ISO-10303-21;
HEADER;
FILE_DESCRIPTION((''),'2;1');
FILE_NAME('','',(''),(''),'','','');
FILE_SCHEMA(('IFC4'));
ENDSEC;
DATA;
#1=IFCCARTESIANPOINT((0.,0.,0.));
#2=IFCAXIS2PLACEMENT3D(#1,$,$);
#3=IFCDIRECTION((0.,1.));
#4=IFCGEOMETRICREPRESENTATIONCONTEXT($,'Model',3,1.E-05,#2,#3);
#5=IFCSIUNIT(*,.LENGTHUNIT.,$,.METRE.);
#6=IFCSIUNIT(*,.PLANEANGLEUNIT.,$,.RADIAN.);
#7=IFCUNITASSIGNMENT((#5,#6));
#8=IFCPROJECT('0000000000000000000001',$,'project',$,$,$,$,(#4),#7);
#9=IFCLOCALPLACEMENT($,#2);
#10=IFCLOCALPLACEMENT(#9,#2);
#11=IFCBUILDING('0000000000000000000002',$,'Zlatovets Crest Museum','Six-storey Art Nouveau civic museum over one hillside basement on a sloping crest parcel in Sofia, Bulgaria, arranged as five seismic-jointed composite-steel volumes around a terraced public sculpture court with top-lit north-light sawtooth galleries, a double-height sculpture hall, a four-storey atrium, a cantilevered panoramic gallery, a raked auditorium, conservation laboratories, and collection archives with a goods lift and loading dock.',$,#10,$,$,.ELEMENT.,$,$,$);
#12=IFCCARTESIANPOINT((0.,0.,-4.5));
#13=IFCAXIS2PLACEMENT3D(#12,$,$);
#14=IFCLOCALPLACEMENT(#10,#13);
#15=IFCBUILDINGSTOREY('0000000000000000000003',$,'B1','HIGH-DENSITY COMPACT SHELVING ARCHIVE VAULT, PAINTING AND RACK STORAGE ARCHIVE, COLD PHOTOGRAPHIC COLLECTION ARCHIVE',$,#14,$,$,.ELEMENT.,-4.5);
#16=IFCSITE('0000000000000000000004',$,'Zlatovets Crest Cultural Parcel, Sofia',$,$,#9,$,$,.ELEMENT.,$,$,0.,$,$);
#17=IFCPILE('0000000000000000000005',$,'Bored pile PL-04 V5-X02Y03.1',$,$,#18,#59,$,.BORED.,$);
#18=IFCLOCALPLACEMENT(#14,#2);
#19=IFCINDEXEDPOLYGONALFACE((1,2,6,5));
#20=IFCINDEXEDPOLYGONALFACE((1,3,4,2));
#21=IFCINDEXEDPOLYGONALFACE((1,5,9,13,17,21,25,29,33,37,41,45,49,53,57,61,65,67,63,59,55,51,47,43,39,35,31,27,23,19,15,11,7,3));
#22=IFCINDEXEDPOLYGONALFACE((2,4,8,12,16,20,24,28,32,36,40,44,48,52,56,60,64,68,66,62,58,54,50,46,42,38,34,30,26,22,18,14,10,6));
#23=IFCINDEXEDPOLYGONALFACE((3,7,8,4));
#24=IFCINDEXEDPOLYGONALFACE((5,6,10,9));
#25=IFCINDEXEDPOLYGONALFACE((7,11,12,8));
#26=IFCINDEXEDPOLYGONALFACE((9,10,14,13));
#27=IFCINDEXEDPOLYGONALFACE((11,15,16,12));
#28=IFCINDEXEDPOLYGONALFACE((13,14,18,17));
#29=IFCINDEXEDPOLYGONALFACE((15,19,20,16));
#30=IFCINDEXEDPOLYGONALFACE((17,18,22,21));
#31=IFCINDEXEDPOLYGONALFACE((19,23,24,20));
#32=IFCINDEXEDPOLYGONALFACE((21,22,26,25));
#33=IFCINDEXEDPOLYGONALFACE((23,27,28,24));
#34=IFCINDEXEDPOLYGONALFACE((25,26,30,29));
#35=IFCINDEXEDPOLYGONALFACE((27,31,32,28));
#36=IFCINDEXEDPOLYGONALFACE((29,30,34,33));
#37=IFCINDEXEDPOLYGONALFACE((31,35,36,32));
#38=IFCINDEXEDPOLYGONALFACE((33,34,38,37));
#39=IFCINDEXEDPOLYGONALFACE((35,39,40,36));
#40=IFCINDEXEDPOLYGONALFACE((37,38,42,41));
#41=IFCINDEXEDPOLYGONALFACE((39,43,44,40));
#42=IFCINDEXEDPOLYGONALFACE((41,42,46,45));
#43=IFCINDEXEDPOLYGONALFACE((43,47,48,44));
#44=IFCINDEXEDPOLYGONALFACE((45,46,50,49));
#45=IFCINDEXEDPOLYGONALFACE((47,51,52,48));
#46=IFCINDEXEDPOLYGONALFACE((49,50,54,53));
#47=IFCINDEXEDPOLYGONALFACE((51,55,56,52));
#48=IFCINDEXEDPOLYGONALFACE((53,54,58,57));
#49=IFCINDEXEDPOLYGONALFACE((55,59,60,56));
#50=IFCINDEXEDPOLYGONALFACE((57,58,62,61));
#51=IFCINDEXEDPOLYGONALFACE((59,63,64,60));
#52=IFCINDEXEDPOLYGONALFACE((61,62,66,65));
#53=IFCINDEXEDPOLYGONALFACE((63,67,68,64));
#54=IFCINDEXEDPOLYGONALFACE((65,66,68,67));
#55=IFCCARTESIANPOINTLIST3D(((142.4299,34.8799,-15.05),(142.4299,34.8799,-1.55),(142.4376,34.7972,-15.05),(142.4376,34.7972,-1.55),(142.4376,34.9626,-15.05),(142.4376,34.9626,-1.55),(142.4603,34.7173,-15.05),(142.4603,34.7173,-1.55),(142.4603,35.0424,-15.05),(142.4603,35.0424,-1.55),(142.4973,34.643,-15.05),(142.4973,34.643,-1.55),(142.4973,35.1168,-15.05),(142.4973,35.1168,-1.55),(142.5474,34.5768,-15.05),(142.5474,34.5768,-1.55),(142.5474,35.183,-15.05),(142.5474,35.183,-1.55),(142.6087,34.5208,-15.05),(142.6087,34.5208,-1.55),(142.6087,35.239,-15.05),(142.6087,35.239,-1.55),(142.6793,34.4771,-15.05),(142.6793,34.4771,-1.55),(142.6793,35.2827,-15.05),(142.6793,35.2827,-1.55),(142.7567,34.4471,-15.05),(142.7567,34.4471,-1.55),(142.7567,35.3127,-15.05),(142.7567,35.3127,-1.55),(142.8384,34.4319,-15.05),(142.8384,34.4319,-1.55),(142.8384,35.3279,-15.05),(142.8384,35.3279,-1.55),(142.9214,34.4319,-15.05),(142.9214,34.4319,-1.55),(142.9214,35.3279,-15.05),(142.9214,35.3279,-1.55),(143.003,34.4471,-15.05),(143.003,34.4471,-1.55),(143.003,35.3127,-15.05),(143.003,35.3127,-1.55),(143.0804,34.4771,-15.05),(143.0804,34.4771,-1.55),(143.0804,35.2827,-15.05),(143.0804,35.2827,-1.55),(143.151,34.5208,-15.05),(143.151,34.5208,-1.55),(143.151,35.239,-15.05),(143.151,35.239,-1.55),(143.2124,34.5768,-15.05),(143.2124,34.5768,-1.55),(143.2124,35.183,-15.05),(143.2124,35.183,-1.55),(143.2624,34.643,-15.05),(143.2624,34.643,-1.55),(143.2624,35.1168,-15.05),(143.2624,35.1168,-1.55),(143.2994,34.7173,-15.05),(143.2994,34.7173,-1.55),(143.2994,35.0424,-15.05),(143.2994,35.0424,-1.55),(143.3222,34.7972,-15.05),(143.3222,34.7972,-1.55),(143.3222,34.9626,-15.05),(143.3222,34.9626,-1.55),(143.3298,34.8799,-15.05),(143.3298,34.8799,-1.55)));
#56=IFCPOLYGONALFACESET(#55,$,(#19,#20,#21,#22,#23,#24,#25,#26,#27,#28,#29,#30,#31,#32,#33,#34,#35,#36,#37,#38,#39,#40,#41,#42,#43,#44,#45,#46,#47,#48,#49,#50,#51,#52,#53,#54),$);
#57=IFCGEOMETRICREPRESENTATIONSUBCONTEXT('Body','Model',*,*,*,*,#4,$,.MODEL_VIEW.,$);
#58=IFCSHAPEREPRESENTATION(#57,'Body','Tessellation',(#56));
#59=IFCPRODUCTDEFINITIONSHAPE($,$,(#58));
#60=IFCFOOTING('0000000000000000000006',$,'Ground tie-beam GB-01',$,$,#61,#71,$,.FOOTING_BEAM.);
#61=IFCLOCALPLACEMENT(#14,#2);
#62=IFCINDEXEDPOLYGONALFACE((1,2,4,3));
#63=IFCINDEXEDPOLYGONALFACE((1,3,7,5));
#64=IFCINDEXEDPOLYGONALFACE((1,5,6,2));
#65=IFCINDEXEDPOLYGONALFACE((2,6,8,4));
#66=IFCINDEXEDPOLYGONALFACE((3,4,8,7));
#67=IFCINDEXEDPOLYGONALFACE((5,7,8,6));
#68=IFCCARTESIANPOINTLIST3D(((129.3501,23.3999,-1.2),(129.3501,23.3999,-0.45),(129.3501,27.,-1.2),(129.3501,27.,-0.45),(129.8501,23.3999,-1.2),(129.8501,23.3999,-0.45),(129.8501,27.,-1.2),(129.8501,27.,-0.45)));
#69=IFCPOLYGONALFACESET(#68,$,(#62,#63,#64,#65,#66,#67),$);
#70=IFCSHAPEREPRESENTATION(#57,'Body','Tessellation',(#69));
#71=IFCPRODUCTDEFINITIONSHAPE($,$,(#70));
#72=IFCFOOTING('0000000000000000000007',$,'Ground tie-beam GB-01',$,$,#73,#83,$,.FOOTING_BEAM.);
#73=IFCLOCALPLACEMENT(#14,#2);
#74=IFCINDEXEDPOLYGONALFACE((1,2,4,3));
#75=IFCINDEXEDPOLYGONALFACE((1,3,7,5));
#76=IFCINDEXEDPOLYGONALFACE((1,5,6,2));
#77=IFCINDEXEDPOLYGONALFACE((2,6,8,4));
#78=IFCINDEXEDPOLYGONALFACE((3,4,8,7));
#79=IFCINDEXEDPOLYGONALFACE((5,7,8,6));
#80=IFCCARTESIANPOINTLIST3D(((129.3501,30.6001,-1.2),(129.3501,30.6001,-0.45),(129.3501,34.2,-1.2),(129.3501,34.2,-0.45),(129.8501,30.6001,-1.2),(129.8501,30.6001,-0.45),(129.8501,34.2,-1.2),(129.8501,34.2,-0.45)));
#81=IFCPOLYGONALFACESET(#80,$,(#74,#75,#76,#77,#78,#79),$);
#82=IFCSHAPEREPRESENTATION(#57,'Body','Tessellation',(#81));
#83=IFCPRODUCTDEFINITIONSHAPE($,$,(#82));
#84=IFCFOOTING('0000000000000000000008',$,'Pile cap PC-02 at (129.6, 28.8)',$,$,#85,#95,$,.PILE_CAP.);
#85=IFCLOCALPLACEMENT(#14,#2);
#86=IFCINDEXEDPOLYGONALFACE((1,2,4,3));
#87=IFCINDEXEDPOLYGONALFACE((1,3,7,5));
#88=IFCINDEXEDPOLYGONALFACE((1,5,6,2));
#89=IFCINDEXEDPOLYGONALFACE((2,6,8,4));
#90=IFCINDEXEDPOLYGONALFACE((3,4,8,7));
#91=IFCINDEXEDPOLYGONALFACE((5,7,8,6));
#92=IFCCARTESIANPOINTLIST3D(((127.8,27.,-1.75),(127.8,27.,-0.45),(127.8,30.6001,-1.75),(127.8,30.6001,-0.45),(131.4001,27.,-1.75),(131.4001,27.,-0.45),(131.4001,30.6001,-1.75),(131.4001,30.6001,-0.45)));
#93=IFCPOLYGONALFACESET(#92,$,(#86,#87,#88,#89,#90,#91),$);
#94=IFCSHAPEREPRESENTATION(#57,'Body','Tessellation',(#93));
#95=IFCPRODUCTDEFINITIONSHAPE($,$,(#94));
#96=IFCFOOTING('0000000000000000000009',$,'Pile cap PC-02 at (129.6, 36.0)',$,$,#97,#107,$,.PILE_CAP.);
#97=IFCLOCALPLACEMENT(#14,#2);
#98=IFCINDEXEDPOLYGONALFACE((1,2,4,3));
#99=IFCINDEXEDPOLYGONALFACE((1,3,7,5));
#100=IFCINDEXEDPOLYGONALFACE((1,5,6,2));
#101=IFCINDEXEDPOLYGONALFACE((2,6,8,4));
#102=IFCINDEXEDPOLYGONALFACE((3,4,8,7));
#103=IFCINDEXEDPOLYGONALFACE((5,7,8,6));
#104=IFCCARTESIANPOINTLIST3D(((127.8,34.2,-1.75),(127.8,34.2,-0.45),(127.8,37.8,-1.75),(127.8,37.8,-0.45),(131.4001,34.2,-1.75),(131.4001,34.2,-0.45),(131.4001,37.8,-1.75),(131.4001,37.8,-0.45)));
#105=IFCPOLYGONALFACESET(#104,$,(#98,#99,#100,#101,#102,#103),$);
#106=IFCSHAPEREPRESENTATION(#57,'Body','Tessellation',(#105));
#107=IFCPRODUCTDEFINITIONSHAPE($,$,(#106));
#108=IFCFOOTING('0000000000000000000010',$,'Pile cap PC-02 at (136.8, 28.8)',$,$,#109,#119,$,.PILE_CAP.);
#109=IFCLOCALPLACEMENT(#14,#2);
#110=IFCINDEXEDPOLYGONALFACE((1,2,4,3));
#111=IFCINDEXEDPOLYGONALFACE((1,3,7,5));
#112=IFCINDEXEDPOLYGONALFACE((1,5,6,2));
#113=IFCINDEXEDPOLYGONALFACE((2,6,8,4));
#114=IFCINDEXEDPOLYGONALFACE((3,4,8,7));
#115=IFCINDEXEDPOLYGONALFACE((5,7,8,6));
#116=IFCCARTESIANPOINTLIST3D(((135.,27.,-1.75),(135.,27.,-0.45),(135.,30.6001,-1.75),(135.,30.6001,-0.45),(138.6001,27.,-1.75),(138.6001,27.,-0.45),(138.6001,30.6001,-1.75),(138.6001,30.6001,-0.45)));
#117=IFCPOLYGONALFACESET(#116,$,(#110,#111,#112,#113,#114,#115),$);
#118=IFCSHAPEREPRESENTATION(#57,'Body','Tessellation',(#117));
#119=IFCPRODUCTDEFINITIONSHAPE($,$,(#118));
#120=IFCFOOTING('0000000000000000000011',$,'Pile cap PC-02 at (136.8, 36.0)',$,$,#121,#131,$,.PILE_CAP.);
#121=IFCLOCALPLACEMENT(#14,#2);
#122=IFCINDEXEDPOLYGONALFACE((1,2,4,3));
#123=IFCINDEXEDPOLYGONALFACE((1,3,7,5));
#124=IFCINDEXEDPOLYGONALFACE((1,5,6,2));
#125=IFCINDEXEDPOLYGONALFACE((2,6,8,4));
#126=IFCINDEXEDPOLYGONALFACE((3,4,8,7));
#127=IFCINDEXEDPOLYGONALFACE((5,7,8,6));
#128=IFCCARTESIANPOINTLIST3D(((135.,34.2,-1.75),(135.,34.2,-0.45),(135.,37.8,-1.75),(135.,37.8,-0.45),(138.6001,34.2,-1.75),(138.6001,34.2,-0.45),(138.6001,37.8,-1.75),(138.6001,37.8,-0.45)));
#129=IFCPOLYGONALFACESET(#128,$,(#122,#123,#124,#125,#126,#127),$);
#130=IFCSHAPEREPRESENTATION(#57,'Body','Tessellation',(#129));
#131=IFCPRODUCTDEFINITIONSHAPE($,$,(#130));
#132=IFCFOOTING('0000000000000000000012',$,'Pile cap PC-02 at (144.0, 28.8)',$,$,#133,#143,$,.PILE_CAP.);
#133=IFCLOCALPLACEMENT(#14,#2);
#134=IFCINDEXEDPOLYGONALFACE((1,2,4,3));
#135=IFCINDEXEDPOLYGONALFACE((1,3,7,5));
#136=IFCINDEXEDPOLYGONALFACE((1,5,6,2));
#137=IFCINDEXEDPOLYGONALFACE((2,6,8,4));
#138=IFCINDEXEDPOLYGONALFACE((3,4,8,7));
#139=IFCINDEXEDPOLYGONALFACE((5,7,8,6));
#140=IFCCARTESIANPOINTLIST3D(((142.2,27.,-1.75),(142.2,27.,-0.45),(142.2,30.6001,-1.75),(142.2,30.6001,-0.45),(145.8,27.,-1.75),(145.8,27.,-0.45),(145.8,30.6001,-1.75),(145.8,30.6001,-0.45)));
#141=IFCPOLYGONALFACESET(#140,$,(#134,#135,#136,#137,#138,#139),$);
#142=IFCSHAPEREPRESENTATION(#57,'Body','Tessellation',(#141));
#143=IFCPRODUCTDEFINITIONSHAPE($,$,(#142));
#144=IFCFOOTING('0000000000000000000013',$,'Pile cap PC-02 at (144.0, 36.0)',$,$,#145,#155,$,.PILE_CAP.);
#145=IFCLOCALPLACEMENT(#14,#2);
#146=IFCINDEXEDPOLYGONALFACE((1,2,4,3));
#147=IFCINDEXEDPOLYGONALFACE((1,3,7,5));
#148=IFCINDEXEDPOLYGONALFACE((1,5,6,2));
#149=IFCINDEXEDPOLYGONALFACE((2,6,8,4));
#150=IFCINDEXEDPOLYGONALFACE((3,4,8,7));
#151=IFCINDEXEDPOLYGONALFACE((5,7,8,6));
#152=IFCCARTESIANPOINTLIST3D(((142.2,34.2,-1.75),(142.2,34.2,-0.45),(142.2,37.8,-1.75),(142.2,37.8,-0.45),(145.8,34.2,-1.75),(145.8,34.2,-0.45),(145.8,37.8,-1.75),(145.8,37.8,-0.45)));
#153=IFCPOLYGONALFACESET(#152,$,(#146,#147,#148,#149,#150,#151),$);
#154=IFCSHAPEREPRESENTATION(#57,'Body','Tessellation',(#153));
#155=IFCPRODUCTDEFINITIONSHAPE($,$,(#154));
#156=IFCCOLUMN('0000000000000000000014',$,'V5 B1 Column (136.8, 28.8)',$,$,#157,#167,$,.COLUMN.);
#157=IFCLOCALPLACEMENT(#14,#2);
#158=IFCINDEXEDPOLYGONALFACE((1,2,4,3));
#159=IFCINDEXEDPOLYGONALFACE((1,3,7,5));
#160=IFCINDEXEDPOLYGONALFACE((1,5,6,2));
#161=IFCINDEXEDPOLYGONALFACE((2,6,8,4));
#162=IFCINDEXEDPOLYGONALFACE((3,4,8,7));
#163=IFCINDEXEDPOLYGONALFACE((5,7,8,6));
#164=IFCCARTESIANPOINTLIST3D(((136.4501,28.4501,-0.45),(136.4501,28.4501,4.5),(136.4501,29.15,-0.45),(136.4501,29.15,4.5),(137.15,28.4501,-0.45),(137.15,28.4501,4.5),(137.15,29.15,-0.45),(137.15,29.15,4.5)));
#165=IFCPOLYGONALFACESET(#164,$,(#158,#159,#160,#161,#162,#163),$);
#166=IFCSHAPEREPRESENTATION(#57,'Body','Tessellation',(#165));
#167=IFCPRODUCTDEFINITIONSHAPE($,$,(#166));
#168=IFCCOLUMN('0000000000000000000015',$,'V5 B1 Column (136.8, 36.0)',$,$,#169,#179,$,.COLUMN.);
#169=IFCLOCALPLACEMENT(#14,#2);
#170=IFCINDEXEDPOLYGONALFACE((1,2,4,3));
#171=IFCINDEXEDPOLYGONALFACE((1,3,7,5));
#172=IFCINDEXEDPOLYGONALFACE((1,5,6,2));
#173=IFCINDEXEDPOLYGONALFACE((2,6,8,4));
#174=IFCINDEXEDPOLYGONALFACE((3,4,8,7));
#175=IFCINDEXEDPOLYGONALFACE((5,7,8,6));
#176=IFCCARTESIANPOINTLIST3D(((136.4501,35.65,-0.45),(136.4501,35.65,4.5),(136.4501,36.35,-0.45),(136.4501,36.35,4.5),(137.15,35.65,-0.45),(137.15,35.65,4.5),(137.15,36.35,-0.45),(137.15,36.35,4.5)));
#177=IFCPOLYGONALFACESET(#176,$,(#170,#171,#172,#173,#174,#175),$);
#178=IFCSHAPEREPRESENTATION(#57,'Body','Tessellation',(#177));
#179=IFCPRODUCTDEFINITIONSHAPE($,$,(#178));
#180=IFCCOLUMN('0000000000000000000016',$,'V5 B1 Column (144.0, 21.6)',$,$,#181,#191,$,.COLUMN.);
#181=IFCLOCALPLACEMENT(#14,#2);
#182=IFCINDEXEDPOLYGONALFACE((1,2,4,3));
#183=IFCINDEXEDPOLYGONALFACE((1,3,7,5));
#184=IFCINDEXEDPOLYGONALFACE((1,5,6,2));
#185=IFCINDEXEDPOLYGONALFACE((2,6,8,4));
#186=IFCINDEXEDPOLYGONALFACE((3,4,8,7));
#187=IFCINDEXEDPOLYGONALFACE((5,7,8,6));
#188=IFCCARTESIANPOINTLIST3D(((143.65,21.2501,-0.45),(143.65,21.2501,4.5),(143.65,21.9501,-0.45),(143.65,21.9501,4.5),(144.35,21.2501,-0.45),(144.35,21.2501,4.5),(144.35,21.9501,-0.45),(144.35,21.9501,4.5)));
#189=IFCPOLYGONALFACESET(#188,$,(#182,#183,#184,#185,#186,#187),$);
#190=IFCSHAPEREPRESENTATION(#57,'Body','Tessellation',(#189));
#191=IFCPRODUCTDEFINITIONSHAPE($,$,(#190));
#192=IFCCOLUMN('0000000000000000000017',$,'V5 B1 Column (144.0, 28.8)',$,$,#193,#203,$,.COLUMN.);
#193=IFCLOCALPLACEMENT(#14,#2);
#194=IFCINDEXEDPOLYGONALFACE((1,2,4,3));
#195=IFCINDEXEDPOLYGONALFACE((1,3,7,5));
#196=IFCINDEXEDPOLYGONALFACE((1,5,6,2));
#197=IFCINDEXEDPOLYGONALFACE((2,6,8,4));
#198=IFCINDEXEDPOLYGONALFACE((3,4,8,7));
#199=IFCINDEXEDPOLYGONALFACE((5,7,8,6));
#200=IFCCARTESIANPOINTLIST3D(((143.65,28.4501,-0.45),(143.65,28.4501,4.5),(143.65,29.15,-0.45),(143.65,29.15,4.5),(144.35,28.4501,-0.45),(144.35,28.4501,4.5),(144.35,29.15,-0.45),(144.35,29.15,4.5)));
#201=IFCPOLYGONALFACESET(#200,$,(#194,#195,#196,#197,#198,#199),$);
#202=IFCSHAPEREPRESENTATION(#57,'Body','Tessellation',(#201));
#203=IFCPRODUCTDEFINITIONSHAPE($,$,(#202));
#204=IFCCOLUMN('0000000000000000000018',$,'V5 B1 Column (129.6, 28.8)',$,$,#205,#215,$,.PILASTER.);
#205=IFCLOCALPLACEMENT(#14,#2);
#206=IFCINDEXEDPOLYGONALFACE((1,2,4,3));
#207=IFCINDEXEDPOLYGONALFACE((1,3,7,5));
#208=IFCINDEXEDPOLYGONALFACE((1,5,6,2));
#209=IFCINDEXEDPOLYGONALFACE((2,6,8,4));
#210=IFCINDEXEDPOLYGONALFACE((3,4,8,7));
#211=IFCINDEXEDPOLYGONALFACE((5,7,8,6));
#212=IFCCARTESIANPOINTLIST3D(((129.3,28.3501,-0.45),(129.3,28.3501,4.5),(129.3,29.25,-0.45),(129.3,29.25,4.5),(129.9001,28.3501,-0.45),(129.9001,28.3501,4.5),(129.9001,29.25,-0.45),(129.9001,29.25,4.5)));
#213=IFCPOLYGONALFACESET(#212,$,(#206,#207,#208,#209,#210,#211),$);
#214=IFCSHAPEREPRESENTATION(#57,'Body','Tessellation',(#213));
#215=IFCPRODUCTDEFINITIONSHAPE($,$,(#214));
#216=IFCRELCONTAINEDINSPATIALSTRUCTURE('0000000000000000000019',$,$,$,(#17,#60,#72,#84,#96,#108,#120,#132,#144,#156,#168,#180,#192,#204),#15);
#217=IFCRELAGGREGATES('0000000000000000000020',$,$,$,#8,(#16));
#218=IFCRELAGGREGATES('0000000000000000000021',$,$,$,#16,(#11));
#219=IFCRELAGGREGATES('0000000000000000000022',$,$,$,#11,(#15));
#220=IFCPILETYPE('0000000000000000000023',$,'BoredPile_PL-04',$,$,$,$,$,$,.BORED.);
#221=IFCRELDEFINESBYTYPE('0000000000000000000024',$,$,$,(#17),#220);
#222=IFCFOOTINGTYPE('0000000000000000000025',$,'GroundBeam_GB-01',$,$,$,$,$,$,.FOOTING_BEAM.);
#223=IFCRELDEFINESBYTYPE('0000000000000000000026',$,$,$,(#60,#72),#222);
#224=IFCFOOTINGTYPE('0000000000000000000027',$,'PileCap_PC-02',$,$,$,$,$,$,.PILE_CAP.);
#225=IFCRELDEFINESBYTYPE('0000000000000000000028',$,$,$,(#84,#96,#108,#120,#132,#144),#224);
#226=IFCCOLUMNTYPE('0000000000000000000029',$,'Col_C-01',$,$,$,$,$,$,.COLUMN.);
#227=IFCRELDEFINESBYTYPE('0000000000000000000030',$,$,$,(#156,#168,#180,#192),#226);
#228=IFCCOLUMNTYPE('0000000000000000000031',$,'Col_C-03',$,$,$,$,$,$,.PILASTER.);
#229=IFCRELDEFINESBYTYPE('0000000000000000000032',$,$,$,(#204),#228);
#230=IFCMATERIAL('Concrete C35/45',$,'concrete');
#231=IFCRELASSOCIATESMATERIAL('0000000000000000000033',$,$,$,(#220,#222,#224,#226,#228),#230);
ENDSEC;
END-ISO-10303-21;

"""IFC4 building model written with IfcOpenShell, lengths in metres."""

from ifc_helpers import new_model, si_unit, direction, frame, origin, origin_2d, place, context, subcontext, project, spatial, rectangle, circle, extrude, material, material_profile, profile_set, type_object, element, save


model = new_model("IFC4")

# Units and contexts
model_context = context("Model", 3, precision=1e-05, world=origin(), true_north=direction((0.0, 1.0)))
body_context = subcontext(model_context, "Body", "Model", "MODEL_VIEW")
ifc_project = project(units=[si_unit("LENGTHUNIT", "METRE"), si_unit("PLANEANGLEUNIT", "RADIAN")], contexts=[model_context])

# Site, building, storey
site_placement = place(None, origin())
site = spatial("IfcSite", under=ifc_project, at=site_placement, Name="Zlatovets Crest Cultural Parcel, Sofia", CompositionType="ELEMENT", RefElevation=0.0)
building_placement = place(site_placement, origin())
building = spatial("IfcBuilding", under=site, at=building_placement, Name="Zlatovets Crest Museum", Description="Six-storey Art Nouveau civic museum over one hillside basement on a sloping crest parcel in Sofia, Bulgaria, arranged as five seismic-jointed composite-steel volumes around a terraced public sculpture court with top-lit north-light sawtooth galleries, a double-height sculpture hall, a four-storey atrium, a cantilevered panoramic gallery, a raked auditorium, conservation laboratories, and collection archives with a goods lift and loading dock.", CompositionType="ELEMENT")
storey_placement = place(building_placement, frame((0.0, 0.0, -4.5)))
storey = spatial("IfcBuildingStorey", under=building, at=storey_placement, Name="B1", Description="HIGH-DENSITY COMPACT SHELVING ARCHIVE VAULT, PAINTING AND RACK STORAGE ARCHIVE, COLD PHOTOGRAPHIC COLLECTION ARCHIVE", CompositionType="ELEMENT", Elevation=-4.5)

# Pile
ifc_material = material(Name="Concrete C35/45", Category="concrete")
ifc_material_profile_1 = material_profile(ifc_material, circle(Radius=0.45, at=origin_2d()), Name="PILE D900")
ifc_profile_set_1 = profile_set([ifc_material_profile_1], Name="Concrete C35/45")
pile_type = type_object("IfcPileType", Name="BoredPile_PL-04", PredefinedType="BORED", material=ifc_profile_set_1)
for number, where, z_axis, x_axis, name in (
    (1, (142.8799, 34.8799, -1.55), (0.0, 0.0, -1.0), (1.0, 0.0, 0.0), "Bored pile PL-04 V5-X02Y03.1"),
):
    element("IfcPile", number, at=place(storey_placement, frame(where, z_axis=z_axis, x_axis=x_axis)), inside=storey, type_object=pile_type, Name=name, PredefinedType="BORED", context=body_context, shape_type="SweptSolid", body=[
        extrude(circle(Radius=0.45, at=origin_2d()), origin(), (0.0, 0.0, 1.0), 13.5),
    ])

# Footings
ifc_material_profile_2 = material_profile(ifc_material, rectangle(XDim=0.5, YDim=0.75, at=origin_2d()), Name="RC 500x750")
ifc_profile_set_2 = profile_set([ifc_material_profile_2], Name="Concrete C35/45")
footing_type_1 = type_object("IfcFootingType", Name="GroundBeam_GB-01", PredefinedType="FOOTING_BEAM", material=ifc_profile_set_2)
footing_1_placement = place(storey_placement, frame((129.6001, 23.3999, -0.825), z_axis=(0.0, 1.0, 0.0), x_axis=(-1.0, 0.0, 0.0)))
element("IfcFooting", 2, at=footing_1_placement, inside=storey, type_object=footing_type_1, Name="Ground tie-beam GB-01", PredefinedType="FOOTING_BEAM", context=body_context, shape_type="SweptSolid", body=[
    extrude(rectangle(XDim=0.5, YDim=0.75, at=origin_2d()), origin(), (0.0, 0.0, 1.0), 3.6001),
])
footing_2_placement = place(storey_placement, frame((129.6001, 30.6001, -0.825), z_axis=(0.0, 1.0, 0.0), x_axis=(-1.0, 0.0, 0.0)))
element("IfcFooting", 3, at=footing_2_placement, inside=storey, type_object=footing_type_1, Name="Ground tie-beam GB-01", PredefinedType="FOOTING_BEAM", context=body_context, shape_type="SweptSolid", body=[
    extrude(rectangle(XDim=0.5, YDim=0.75, at=origin_2d()), origin(), (0.0, 0.0, 1.0), 3.5999),
])
footing_type_2 = type_object("IfcFootingType", Name="PileCap_PC-02", PredefinedType="PILE_CAP", material=ifc_material)
for number, where, z_axis, x_axis, name in (
    (4, (129.6001, 28.8, -1.75), (0.0, 0.0, 1.0), (1.0, 0.0, 0.0), "Pile cap PC-02 at (129.6, 28.8)"),
    (5, (129.6001, 36.0, -1.75), (0.0, 0.0, 1.0), (1.0, 0.0, 0.0), "Pile cap PC-02 at (129.6, 36.0)"),
    (6, (136.8, 28.8, -1.75), (0.0, 0.0, 1.0), (1.0, 0.0, 0.0), "Pile cap PC-02 at (136.8, 28.8)"),
    (7, (136.8, 36.0, -1.75), (0.0, 0.0, 1.0), (1.0, 0.0, 0.0), "Pile cap PC-02 at (136.8, 36.0)"),
    (8, (144.0, 28.8, -1.75), (0.0, 0.0, 1.0), (1.0, 0.0, 0.0), "Pile cap PC-02 at (144.0, 28.8)"),
    (9, (144.0, 36.0, -1.75), (0.0, 0.0, 1.0), (1.0, 0.0, 0.0), "Pile cap PC-02 at (144.0, 36.0)"),
):
    element("IfcFooting", number, at=place(storey_placement, frame(where, z_axis=z_axis, x_axis=x_axis)), inside=storey, type_object=footing_type_2, Name=name, PredefinedType="PILE_CAP", context=body_context, shape_type="SweptSolid", body=[
        extrude(rectangle(XDim=3.6001, YDim=3.6001, at=origin_2d()), origin(), (0.0, 0.0, 1.0), 1.3),
    ])

# Columns
ifc_material_profile_3 = material_profile(ifc_material, rectangle(XDim=0.7, YDim=0.7, at=origin_2d()), Name="RC 700x700")
ifc_profile_set_3 = profile_set([ifc_material_profile_3], Name="Concrete C35/45")
column_type_1 = type_object("IfcColumnType", Name="Col_C-01", PredefinedType="COLUMN", material=ifc_profile_set_3)
for number, where, z_axis, x_axis, name in (
    (10, (136.8, 28.8, -0.45), (0.0, 0.0, 1.0), (0.0, 1.0, 0.0), "V5 B1 Column (136.8, 28.8)"),
    (11, (136.8, 36.0, -0.45), (0.0, 0.0, 1.0), (1.0, 0.0, 0.0), "V5 B1 Column (136.8, 36.0)"),
    (12, (144.0, 21.6001, -0.45), (0.0, 0.0, 1.0), (0.0, 1.0, 0.0), "V5 B1 Column (144.0, 21.6)"),
    (13, (144.0, 28.8, -0.45), (0.0, 0.0, 1.0), (1.0, 0.0, 0.0), "V5 B1 Column (144.0, 28.8)"),
):
    element("IfcColumn", number, at=place(storey_placement, frame(where, z_axis=z_axis, x_axis=x_axis)), inside=storey, type_object=column_type_1, Name=name, PredefinedType="COLUMN", context=body_context, shape_type="SweptSolid", body=[
        extrude(rectangle(XDim=0.7, YDim=0.7, at=origin_2d()), origin(), (0.0, 0.0, 1.0), 4.95),
    ])
ifc_material_profile_4 = material_profile(ifc_material, rectangle(XDim=0.6001, YDim=0.8999, at=origin_2d()), Name="RC 600x900")
ifc_profile_set_4 = profile_set([ifc_material_profile_4], Name="Concrete C35/45")
column_type_2 = type_object("IfcColumnType", Name="Col_C-03", PredefinedType="PILASTER", material=ifc_profile_set_4)
for number, where, z_axis, x_axis, name in (
    (14, (129.6001, 28.8, -0.45), (0.0, 0.0, 1.0), (1.0, 0.0, 0.0), "V5 B1 Column (129.6, 28.8)"),
):
    element("IfcColumn", number, at=place(storey_placement, frame(where, z_axis=z_axis, x_axis=x_axis)), inside=storey, type_object=column_type_2, Name=name, PredefinedType="PILASTER", context=body_context, shape_type="SweptSolid", body=[
        extrude(rectangle(XDim=0.6001, YDim=0.8999, at=origin_2d()), origin(), (0.0, 0.0, 1.0), 4.95),
    ])

save(model, "model.ifc")
